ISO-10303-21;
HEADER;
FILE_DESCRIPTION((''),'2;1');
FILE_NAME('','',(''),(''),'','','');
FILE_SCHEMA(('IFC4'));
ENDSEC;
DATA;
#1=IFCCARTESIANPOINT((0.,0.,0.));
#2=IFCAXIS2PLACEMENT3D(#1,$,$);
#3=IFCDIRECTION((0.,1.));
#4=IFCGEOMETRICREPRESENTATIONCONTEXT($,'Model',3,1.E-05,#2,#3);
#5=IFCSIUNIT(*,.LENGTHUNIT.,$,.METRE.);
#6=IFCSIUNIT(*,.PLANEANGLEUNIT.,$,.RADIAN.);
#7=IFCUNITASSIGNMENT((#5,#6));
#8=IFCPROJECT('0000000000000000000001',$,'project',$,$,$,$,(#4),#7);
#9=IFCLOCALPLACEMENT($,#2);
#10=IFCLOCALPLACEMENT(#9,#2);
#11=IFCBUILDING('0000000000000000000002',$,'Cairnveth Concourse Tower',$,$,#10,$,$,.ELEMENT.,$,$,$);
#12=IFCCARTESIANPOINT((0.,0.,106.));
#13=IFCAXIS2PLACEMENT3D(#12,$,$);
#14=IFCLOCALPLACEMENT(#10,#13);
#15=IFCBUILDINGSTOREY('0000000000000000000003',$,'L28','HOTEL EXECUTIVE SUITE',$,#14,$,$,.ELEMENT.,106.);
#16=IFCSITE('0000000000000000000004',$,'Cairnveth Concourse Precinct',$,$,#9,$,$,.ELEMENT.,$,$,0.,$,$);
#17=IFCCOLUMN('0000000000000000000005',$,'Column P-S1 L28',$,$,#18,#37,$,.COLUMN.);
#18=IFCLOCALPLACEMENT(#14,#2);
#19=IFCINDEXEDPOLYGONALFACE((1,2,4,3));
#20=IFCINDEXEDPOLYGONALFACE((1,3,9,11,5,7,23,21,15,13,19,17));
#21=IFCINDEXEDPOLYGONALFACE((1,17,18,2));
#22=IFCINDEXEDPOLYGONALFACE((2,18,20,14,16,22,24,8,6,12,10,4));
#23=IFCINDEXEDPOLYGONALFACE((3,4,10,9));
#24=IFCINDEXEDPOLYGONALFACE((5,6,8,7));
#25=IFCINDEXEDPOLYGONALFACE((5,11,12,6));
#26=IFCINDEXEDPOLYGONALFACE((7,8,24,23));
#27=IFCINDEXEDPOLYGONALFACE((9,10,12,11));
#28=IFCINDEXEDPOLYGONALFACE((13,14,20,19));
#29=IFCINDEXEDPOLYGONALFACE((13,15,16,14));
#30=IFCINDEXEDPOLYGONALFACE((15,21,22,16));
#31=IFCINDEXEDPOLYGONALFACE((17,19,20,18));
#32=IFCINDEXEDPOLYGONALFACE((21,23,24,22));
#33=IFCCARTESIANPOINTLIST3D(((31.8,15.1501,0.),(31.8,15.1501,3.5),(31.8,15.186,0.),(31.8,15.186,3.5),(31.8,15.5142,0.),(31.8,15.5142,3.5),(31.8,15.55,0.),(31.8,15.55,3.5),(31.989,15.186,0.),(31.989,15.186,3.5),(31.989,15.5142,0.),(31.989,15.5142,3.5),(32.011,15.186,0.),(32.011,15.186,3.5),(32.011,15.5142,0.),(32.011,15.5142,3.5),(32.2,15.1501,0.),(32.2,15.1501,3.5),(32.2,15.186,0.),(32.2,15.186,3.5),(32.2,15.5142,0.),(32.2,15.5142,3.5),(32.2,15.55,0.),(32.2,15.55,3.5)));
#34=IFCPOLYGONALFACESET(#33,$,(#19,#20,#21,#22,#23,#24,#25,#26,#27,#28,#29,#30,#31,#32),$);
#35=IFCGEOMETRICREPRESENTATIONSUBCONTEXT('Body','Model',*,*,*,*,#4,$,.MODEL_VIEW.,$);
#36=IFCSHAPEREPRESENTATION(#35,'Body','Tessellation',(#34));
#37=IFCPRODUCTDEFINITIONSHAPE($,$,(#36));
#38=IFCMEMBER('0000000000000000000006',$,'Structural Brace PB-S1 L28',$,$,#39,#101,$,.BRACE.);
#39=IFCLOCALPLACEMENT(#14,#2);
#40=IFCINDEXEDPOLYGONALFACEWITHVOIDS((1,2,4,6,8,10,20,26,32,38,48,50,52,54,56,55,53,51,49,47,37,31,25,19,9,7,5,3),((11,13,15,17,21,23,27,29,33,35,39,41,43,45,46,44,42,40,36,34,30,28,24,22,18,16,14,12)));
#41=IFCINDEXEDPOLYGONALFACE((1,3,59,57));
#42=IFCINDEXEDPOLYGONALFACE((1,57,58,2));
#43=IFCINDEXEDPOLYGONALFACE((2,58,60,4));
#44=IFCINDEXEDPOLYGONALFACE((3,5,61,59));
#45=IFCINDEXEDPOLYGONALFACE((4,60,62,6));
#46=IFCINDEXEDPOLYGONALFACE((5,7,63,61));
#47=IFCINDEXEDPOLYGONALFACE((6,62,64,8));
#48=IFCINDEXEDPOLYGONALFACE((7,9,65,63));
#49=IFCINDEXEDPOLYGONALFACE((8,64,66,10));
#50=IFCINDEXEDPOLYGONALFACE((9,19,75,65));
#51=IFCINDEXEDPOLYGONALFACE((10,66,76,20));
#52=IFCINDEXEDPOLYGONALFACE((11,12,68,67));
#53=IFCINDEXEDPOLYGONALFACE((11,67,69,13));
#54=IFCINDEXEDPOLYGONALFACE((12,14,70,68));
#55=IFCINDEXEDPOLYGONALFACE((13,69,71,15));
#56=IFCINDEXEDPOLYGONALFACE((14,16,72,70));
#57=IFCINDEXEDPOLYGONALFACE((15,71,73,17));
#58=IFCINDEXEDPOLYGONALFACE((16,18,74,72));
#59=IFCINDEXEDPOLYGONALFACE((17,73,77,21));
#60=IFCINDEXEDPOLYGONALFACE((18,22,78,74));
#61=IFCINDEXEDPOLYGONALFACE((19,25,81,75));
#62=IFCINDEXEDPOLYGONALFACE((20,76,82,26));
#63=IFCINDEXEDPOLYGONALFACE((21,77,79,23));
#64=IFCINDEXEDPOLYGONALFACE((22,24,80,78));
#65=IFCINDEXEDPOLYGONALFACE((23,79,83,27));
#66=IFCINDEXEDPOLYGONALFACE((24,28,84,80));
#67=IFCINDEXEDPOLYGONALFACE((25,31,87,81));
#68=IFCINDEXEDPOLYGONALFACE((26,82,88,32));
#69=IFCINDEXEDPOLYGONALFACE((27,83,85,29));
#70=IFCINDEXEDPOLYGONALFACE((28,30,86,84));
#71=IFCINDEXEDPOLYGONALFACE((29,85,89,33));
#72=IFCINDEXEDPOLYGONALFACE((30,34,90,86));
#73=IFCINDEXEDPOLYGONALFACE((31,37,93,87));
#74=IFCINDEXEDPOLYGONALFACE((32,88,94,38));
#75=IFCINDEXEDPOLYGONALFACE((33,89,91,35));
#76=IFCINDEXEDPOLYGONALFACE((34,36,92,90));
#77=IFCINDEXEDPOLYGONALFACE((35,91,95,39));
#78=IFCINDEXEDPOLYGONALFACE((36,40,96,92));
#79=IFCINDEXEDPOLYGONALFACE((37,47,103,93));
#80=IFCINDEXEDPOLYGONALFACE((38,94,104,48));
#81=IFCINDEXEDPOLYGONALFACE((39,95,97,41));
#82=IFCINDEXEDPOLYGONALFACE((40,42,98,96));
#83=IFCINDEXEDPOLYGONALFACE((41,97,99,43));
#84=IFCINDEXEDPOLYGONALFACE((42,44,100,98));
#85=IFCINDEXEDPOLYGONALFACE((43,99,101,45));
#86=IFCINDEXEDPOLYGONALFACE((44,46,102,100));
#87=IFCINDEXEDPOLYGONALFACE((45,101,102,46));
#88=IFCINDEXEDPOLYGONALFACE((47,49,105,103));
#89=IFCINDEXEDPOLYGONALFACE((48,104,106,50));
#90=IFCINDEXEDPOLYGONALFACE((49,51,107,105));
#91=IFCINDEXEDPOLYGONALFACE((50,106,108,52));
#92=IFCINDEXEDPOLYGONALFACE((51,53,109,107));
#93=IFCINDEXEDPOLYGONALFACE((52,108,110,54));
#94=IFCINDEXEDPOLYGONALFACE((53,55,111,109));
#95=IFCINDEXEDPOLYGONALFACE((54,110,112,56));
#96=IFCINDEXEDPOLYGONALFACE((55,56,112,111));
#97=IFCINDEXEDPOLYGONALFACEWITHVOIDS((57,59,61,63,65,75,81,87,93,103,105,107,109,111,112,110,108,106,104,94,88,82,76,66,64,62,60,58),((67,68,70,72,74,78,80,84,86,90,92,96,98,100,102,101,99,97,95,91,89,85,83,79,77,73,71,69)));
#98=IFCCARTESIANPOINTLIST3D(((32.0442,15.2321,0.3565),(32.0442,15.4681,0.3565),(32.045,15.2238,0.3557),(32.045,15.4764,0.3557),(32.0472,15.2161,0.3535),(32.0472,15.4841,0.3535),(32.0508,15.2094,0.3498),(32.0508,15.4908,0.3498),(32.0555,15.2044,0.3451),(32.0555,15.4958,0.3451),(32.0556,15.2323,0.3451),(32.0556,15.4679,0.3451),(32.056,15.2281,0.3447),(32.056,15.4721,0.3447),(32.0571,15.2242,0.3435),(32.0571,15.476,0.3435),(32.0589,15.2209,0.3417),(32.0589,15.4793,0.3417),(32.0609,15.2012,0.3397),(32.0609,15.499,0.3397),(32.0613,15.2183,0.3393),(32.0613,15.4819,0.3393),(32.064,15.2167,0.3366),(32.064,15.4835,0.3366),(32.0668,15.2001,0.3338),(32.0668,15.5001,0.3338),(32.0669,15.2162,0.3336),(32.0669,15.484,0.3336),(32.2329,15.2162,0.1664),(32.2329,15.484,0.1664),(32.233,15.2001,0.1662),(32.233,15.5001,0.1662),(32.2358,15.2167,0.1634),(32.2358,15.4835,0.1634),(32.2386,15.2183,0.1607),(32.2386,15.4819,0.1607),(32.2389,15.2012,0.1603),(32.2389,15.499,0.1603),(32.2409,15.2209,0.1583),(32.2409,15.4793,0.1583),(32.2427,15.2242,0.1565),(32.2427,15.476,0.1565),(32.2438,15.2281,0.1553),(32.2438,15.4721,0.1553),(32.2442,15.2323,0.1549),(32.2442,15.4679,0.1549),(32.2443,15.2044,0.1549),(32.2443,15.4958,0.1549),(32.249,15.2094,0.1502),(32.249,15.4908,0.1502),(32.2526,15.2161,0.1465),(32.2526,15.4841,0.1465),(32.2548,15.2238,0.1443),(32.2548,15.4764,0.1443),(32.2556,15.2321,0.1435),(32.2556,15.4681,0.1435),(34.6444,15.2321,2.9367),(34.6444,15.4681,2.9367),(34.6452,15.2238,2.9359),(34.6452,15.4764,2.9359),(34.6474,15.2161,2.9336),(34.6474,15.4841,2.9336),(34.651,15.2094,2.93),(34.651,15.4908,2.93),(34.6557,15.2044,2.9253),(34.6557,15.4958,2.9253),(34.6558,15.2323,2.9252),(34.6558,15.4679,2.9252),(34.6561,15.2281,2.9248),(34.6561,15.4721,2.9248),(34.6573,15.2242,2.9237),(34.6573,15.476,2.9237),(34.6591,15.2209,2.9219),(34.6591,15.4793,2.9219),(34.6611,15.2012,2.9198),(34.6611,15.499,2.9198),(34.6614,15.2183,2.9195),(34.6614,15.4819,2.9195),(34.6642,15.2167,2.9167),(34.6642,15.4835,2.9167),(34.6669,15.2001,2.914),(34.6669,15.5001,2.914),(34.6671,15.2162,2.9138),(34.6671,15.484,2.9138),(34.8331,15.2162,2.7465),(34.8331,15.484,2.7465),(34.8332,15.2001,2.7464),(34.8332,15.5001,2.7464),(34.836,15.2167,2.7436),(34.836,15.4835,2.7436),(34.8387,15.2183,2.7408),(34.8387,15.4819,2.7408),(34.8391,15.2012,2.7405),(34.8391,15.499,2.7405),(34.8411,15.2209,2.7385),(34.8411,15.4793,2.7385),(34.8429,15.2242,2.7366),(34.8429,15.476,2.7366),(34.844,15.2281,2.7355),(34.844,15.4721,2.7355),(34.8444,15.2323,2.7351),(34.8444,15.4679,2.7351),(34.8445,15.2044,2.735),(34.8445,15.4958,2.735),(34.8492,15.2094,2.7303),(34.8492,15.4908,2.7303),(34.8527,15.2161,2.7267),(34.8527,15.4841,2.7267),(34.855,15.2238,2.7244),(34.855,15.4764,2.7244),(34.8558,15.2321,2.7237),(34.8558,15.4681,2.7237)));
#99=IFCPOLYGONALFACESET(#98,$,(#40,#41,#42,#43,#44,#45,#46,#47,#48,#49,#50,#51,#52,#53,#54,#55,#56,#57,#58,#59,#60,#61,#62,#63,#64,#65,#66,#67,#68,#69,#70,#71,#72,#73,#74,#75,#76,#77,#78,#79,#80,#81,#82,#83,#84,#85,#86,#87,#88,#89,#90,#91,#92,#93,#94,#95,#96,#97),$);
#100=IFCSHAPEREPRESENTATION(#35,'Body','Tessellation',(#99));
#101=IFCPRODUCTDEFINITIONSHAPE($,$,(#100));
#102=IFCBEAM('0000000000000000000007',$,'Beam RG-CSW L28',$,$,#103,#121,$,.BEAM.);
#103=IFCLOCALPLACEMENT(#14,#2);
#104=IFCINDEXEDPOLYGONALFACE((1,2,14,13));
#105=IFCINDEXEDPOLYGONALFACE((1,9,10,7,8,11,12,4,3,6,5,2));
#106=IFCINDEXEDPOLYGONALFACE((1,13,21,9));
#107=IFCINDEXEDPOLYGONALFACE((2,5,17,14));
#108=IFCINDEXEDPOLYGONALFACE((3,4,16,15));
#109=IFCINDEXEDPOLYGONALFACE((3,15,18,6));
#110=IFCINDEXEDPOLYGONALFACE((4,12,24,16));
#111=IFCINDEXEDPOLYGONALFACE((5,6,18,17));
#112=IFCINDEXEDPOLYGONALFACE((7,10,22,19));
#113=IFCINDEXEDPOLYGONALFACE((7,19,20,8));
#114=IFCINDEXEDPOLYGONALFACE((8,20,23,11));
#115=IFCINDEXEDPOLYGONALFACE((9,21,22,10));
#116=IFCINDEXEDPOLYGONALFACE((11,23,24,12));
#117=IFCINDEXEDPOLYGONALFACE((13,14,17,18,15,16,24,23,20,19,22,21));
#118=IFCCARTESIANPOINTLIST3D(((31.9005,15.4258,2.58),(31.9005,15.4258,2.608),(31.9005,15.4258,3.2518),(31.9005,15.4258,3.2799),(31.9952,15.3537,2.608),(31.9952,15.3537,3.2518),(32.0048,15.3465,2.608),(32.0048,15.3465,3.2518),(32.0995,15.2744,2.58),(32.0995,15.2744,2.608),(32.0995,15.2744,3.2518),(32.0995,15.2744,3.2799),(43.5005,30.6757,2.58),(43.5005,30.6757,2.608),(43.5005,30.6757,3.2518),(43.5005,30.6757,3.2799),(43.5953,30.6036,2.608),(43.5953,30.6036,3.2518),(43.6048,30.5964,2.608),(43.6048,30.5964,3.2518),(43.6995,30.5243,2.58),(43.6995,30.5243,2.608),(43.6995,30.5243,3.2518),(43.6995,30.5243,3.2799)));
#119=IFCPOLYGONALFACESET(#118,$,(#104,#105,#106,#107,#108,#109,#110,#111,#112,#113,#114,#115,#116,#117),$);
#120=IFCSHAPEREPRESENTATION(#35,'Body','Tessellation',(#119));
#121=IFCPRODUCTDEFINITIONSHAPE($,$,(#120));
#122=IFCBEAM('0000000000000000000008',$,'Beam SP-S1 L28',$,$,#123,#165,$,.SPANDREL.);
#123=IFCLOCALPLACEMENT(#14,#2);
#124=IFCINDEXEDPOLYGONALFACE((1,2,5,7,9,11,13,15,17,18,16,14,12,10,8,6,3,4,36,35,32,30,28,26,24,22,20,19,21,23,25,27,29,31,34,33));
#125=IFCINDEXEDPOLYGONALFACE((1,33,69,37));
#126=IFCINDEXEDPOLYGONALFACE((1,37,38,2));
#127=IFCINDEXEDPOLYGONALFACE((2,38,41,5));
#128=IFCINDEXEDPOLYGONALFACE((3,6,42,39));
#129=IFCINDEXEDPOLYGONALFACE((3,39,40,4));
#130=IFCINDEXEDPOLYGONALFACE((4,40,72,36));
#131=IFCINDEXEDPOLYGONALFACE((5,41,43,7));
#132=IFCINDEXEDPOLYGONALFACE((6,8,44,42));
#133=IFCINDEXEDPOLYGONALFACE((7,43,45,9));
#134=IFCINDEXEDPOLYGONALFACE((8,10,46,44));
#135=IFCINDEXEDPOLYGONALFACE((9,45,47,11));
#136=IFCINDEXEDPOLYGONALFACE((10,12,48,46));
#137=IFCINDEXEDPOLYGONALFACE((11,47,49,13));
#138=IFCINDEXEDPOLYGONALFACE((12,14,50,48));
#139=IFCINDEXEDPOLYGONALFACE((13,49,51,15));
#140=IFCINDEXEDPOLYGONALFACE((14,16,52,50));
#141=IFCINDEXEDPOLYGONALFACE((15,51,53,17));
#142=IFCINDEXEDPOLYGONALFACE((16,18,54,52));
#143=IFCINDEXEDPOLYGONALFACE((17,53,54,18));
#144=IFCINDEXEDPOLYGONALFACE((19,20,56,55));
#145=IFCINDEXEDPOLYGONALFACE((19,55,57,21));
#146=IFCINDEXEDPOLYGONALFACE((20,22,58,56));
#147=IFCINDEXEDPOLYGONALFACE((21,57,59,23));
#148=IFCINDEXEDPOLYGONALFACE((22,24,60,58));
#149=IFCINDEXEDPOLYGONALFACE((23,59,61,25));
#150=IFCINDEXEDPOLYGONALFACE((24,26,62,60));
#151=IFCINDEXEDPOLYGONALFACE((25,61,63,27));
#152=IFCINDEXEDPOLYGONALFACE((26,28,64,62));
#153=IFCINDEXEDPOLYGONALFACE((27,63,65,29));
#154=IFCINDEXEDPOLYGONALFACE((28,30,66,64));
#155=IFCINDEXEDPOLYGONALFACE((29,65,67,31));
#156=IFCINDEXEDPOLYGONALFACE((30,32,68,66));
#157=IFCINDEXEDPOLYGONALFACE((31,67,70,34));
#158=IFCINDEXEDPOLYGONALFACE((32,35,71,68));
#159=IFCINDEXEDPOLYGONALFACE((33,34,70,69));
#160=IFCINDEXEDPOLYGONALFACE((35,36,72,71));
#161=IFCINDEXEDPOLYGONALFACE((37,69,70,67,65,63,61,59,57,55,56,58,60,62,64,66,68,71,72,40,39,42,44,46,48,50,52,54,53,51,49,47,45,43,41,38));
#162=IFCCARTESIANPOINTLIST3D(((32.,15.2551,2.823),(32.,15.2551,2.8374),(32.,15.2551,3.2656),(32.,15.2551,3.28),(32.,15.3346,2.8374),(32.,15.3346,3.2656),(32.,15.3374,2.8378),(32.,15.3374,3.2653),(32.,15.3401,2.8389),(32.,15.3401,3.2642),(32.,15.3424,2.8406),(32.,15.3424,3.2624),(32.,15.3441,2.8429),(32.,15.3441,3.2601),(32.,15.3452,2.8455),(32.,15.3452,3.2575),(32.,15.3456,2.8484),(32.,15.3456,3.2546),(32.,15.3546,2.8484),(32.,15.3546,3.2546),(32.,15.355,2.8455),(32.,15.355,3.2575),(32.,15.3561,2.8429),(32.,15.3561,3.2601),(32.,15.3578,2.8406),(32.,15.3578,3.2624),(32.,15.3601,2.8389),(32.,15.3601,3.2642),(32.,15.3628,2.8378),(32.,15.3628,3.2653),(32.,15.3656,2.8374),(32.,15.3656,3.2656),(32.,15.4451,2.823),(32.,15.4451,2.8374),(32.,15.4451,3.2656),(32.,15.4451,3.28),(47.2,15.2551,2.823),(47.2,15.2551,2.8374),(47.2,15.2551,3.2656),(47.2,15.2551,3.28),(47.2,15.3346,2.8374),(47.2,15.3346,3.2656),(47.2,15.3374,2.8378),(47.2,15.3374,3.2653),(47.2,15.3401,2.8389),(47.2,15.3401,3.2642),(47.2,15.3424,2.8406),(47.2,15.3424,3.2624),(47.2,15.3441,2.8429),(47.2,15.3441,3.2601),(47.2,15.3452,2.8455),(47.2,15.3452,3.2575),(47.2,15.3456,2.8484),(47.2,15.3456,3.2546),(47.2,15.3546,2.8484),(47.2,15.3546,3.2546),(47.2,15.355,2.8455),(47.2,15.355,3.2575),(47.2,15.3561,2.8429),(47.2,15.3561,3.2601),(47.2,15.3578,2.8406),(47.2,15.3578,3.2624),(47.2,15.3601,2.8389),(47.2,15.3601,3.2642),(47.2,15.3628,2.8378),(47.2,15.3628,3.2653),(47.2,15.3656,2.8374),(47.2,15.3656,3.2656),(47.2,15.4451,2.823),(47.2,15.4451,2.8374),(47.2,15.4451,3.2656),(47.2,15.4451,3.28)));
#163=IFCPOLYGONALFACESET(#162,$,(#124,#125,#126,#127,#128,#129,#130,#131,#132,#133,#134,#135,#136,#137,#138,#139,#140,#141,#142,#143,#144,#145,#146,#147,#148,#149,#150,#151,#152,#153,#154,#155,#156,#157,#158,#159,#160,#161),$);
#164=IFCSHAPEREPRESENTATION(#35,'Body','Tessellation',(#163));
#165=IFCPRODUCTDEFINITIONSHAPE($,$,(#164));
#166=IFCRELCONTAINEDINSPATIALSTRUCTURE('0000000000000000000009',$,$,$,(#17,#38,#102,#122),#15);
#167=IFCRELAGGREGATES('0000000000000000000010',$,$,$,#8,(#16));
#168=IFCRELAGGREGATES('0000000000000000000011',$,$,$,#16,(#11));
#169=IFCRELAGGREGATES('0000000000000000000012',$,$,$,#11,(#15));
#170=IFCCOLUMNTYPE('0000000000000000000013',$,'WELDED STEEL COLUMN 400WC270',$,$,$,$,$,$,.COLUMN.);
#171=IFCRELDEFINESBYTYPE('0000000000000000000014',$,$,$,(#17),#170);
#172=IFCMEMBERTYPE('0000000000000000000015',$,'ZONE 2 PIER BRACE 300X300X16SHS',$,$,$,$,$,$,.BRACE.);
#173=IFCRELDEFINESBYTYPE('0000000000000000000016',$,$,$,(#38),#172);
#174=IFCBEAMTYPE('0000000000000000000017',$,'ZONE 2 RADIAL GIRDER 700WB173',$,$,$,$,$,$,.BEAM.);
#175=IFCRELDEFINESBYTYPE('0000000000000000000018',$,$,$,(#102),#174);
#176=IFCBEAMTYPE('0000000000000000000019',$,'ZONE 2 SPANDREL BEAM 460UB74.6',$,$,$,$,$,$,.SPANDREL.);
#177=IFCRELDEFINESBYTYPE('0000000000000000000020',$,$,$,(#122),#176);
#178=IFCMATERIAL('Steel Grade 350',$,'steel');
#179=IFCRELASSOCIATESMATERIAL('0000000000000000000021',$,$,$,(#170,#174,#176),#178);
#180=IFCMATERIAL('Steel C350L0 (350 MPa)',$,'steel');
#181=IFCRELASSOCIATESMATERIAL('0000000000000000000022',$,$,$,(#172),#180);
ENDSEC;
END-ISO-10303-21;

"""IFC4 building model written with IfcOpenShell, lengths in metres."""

from ifc_helpers import new_model, si_unit, direction, frame, origin, origin_2d, place, context, subcontext, project, spatial, hollow_rectangle, i_section, extrude, material, material_profile, profile_set, type_object, element, save


model = new_model("IFC4")

# Units and contexts
model_context = context("Model", 3, precision=1e-05, world=origin(), true_north=direction((0.0, 1.0)))
body_context = subcontext(model_context, "Body", "Model", "MODEL_VIEW")
ifc_project = project(units=[si_unit("LENGTHUNIT", "METRE"), si_unit("PLANEANGLEUNIT", "RADIAN")], contexts=[model_context])

# Site, building, storey
site_placement = place(None, origin())
site = spatial("IfcSite", under=ifc_project, at=site_placement, Name="Cairnveth Concourse Precinct", CompositionType="ELEMENT", RefElevation=0.0)
building_placement = place(site_placement, origin())
building = spatial("IfcBuilding", under=site, at=building_placement, Name="Cairnveth Concourse Tower", CompositionType="ELEMENT")
storey_placement = place(building_placement, frame((0.0, 0.0, 106.0)))
storey = spatial("IfcBuildingStorey", under=building, at=storey_placement, Name="L28", Description="HOTEL EXECUTIVE SUITE", CompositionType="ELEMENT", Elevation=106.0)

# Column
ifc_material_1 = material(Name="Steel Grade 350", Category="steel")
ifc_material_profile_1 = material_profile(ifc_material_1, i_section(OverallWidth=0.3999, OverallDepth=0.3999, WebThickness=0.022, FlangeThickness=0.0359, at=origin_2d()), Name="400WC270")
ifc_profile_set_1 = profile_set([ifc_material_profile_1], Name="Steel Grade 350")
column_type = type_object("IfcColumnType", Name="WELDED STEEL COLUMN 400WC270", PredefinedType="COLUMN", material=ifc_profile_set_1)
column_placement = place(storey_placement, frame((32.0, 15.3501, 0.0), z_axis=(0.0, 0.0, 1.0), x_axis=(1.0, 0.0, 0.0)))
element("IfcColumn", 1, at=column_placement, inside=storey, type_object=column_type, Name="Column P-S1 L28", PredefinedType="COLUMN", context=body_context, shape_type="SweptSolid", body=[
    extrude(i_section(OverallWidth=0.3999, OverallDepth=0.3999, WebThickness=0.022, FlangeThickness=0.0359, at=origin_2d()), origin(), (0.0, 0.0, 1.0), 3.5),
])

# Member
ifc_material_2 = material(Name="Steel C350L0 (350 MPa)", Category="steel")
ifc_material_profile_2 = material_profile(ifc_material_2, hollow_rectangle(XDim=0.3, YDim=0.3, WallThickness=0.0161, InnerFilletRadius=0.0161, OuterFilletRadius=0.032, at=origin_2d()), Name="300x300x16.0SHS")
ifc_profile_set_2 = profile_set([ifc_material_profile_2], Name="Steel C350L0 (350 MPa)")
member_type = type_object("IfcMemberType", Name="ZONE 2 PIER BRACE 300X300X16SHS", PredefinedType="BRACE", material=ifc_profile_set_2)
member_placement = place(storey_placement, frame((32.1499, 15.3501, 0.25), z_axis=(0.709834, 0.0, 0.704369), x_axis=(0.0, 1.0, 0.0)))
element("IfcMember", 2, at=member_placement, inside=storey, type_object=member_type, Name="Structural Brace PB-S1 L28", PredefinedType="BRACE", context=body_context, shape_type="SweptSolid", body=[
    extrude(hollow_rectangle(XDim=0.3, YDim=0.3, WallThickness=0.0161, InnerFilletRadius=0.0161, OuterFilletRadius=0.032, at=origin_2d()), origin(), (0.0, 0.0, 1.0), 3.6631),
])

# Beams
ifc_material_profile_3 = material_profile(ifc_material_1, i_section(OverallWidth=0.25, OverallDepth=0.7, WebThickness=0.012, FlangeThickness=0.0281, at=origin_2d()), Name="700WB173")
ifc_profile_set_3 = profile_set([ifc_material_profile_3], Name="Steel Grade 350")
beam_type_1 = type_object("IfcBeamType", Name="ZONE 2 RADIAL GIRDER 700WB173", PredefinedType="BEAM", material=ifc_profile_set_3)
beam_1_placement = place(storey_placement, frame((32.0, 15.3501, 2.9299), z_axis=(0.605417, 0.795908, 0.0), x_axis=(-0.795908, 0.605417, 0.0)))
element("IfcBeam", 3, at=beam_1_placement, inside=storey, type_object=beam_type_1, Name="Beam RG-CSW L28", PredefinedType="BEAM", context=body_context, shape_type="SweptSolid", body=[
    extrude(i_section(OverallWidth=0.25, OverallDepth=0.7, WebThickness=0.012, FlangeThickness=0.0281, at=origin_2d()), origin(), (0.0, 0.0, 1.0), 19.1604),
])
ifc_material_profile_4 = material_profile(ifc_material_1, i_section(OverallWidth=0.1899, OverallDepth=0.457, WebThickness=0.009, FlangeThickness=0.0144, FilletRadius=0.011, at=origin_2d()), Name="460UB74.6")
ifc_profile_set_4 = profile_set([ifc_material_profile_4], Name="Steel Grade 350")
beam_type_2 = type_object("IfcBeamType", Name="ZONE 2 SPANDREL BEAM 460UB74.6", PredefinedType="SPANDREL", material=ifc_profile_set_4)
beam_2_placement = place(storey_placement, frame((32.0, 15.3501, 3.0515), z_axis=(1.0, 0.0, 0.0), x_axis=(0.0, 1.0, 0.0)))
element("IfcBeam", 4, at=beam_2_placement, inside=storey, type_object=beam_type_2, Name="Beam SP-S1 L28", PredefinedType="SPANDREL", context=body_context, shape_type="SweptSolid", body=[
    extrude(i_section(OverallWidth=0.1899, OverallDepth=0.457, WebThickness=0.009, FlangeThickness=0.0144, FilletRadius=0.011, at=origin_2d()), origin(), (0.0, 0.0, 1.0), 15.2),
])

save(model, "model.ifc")
